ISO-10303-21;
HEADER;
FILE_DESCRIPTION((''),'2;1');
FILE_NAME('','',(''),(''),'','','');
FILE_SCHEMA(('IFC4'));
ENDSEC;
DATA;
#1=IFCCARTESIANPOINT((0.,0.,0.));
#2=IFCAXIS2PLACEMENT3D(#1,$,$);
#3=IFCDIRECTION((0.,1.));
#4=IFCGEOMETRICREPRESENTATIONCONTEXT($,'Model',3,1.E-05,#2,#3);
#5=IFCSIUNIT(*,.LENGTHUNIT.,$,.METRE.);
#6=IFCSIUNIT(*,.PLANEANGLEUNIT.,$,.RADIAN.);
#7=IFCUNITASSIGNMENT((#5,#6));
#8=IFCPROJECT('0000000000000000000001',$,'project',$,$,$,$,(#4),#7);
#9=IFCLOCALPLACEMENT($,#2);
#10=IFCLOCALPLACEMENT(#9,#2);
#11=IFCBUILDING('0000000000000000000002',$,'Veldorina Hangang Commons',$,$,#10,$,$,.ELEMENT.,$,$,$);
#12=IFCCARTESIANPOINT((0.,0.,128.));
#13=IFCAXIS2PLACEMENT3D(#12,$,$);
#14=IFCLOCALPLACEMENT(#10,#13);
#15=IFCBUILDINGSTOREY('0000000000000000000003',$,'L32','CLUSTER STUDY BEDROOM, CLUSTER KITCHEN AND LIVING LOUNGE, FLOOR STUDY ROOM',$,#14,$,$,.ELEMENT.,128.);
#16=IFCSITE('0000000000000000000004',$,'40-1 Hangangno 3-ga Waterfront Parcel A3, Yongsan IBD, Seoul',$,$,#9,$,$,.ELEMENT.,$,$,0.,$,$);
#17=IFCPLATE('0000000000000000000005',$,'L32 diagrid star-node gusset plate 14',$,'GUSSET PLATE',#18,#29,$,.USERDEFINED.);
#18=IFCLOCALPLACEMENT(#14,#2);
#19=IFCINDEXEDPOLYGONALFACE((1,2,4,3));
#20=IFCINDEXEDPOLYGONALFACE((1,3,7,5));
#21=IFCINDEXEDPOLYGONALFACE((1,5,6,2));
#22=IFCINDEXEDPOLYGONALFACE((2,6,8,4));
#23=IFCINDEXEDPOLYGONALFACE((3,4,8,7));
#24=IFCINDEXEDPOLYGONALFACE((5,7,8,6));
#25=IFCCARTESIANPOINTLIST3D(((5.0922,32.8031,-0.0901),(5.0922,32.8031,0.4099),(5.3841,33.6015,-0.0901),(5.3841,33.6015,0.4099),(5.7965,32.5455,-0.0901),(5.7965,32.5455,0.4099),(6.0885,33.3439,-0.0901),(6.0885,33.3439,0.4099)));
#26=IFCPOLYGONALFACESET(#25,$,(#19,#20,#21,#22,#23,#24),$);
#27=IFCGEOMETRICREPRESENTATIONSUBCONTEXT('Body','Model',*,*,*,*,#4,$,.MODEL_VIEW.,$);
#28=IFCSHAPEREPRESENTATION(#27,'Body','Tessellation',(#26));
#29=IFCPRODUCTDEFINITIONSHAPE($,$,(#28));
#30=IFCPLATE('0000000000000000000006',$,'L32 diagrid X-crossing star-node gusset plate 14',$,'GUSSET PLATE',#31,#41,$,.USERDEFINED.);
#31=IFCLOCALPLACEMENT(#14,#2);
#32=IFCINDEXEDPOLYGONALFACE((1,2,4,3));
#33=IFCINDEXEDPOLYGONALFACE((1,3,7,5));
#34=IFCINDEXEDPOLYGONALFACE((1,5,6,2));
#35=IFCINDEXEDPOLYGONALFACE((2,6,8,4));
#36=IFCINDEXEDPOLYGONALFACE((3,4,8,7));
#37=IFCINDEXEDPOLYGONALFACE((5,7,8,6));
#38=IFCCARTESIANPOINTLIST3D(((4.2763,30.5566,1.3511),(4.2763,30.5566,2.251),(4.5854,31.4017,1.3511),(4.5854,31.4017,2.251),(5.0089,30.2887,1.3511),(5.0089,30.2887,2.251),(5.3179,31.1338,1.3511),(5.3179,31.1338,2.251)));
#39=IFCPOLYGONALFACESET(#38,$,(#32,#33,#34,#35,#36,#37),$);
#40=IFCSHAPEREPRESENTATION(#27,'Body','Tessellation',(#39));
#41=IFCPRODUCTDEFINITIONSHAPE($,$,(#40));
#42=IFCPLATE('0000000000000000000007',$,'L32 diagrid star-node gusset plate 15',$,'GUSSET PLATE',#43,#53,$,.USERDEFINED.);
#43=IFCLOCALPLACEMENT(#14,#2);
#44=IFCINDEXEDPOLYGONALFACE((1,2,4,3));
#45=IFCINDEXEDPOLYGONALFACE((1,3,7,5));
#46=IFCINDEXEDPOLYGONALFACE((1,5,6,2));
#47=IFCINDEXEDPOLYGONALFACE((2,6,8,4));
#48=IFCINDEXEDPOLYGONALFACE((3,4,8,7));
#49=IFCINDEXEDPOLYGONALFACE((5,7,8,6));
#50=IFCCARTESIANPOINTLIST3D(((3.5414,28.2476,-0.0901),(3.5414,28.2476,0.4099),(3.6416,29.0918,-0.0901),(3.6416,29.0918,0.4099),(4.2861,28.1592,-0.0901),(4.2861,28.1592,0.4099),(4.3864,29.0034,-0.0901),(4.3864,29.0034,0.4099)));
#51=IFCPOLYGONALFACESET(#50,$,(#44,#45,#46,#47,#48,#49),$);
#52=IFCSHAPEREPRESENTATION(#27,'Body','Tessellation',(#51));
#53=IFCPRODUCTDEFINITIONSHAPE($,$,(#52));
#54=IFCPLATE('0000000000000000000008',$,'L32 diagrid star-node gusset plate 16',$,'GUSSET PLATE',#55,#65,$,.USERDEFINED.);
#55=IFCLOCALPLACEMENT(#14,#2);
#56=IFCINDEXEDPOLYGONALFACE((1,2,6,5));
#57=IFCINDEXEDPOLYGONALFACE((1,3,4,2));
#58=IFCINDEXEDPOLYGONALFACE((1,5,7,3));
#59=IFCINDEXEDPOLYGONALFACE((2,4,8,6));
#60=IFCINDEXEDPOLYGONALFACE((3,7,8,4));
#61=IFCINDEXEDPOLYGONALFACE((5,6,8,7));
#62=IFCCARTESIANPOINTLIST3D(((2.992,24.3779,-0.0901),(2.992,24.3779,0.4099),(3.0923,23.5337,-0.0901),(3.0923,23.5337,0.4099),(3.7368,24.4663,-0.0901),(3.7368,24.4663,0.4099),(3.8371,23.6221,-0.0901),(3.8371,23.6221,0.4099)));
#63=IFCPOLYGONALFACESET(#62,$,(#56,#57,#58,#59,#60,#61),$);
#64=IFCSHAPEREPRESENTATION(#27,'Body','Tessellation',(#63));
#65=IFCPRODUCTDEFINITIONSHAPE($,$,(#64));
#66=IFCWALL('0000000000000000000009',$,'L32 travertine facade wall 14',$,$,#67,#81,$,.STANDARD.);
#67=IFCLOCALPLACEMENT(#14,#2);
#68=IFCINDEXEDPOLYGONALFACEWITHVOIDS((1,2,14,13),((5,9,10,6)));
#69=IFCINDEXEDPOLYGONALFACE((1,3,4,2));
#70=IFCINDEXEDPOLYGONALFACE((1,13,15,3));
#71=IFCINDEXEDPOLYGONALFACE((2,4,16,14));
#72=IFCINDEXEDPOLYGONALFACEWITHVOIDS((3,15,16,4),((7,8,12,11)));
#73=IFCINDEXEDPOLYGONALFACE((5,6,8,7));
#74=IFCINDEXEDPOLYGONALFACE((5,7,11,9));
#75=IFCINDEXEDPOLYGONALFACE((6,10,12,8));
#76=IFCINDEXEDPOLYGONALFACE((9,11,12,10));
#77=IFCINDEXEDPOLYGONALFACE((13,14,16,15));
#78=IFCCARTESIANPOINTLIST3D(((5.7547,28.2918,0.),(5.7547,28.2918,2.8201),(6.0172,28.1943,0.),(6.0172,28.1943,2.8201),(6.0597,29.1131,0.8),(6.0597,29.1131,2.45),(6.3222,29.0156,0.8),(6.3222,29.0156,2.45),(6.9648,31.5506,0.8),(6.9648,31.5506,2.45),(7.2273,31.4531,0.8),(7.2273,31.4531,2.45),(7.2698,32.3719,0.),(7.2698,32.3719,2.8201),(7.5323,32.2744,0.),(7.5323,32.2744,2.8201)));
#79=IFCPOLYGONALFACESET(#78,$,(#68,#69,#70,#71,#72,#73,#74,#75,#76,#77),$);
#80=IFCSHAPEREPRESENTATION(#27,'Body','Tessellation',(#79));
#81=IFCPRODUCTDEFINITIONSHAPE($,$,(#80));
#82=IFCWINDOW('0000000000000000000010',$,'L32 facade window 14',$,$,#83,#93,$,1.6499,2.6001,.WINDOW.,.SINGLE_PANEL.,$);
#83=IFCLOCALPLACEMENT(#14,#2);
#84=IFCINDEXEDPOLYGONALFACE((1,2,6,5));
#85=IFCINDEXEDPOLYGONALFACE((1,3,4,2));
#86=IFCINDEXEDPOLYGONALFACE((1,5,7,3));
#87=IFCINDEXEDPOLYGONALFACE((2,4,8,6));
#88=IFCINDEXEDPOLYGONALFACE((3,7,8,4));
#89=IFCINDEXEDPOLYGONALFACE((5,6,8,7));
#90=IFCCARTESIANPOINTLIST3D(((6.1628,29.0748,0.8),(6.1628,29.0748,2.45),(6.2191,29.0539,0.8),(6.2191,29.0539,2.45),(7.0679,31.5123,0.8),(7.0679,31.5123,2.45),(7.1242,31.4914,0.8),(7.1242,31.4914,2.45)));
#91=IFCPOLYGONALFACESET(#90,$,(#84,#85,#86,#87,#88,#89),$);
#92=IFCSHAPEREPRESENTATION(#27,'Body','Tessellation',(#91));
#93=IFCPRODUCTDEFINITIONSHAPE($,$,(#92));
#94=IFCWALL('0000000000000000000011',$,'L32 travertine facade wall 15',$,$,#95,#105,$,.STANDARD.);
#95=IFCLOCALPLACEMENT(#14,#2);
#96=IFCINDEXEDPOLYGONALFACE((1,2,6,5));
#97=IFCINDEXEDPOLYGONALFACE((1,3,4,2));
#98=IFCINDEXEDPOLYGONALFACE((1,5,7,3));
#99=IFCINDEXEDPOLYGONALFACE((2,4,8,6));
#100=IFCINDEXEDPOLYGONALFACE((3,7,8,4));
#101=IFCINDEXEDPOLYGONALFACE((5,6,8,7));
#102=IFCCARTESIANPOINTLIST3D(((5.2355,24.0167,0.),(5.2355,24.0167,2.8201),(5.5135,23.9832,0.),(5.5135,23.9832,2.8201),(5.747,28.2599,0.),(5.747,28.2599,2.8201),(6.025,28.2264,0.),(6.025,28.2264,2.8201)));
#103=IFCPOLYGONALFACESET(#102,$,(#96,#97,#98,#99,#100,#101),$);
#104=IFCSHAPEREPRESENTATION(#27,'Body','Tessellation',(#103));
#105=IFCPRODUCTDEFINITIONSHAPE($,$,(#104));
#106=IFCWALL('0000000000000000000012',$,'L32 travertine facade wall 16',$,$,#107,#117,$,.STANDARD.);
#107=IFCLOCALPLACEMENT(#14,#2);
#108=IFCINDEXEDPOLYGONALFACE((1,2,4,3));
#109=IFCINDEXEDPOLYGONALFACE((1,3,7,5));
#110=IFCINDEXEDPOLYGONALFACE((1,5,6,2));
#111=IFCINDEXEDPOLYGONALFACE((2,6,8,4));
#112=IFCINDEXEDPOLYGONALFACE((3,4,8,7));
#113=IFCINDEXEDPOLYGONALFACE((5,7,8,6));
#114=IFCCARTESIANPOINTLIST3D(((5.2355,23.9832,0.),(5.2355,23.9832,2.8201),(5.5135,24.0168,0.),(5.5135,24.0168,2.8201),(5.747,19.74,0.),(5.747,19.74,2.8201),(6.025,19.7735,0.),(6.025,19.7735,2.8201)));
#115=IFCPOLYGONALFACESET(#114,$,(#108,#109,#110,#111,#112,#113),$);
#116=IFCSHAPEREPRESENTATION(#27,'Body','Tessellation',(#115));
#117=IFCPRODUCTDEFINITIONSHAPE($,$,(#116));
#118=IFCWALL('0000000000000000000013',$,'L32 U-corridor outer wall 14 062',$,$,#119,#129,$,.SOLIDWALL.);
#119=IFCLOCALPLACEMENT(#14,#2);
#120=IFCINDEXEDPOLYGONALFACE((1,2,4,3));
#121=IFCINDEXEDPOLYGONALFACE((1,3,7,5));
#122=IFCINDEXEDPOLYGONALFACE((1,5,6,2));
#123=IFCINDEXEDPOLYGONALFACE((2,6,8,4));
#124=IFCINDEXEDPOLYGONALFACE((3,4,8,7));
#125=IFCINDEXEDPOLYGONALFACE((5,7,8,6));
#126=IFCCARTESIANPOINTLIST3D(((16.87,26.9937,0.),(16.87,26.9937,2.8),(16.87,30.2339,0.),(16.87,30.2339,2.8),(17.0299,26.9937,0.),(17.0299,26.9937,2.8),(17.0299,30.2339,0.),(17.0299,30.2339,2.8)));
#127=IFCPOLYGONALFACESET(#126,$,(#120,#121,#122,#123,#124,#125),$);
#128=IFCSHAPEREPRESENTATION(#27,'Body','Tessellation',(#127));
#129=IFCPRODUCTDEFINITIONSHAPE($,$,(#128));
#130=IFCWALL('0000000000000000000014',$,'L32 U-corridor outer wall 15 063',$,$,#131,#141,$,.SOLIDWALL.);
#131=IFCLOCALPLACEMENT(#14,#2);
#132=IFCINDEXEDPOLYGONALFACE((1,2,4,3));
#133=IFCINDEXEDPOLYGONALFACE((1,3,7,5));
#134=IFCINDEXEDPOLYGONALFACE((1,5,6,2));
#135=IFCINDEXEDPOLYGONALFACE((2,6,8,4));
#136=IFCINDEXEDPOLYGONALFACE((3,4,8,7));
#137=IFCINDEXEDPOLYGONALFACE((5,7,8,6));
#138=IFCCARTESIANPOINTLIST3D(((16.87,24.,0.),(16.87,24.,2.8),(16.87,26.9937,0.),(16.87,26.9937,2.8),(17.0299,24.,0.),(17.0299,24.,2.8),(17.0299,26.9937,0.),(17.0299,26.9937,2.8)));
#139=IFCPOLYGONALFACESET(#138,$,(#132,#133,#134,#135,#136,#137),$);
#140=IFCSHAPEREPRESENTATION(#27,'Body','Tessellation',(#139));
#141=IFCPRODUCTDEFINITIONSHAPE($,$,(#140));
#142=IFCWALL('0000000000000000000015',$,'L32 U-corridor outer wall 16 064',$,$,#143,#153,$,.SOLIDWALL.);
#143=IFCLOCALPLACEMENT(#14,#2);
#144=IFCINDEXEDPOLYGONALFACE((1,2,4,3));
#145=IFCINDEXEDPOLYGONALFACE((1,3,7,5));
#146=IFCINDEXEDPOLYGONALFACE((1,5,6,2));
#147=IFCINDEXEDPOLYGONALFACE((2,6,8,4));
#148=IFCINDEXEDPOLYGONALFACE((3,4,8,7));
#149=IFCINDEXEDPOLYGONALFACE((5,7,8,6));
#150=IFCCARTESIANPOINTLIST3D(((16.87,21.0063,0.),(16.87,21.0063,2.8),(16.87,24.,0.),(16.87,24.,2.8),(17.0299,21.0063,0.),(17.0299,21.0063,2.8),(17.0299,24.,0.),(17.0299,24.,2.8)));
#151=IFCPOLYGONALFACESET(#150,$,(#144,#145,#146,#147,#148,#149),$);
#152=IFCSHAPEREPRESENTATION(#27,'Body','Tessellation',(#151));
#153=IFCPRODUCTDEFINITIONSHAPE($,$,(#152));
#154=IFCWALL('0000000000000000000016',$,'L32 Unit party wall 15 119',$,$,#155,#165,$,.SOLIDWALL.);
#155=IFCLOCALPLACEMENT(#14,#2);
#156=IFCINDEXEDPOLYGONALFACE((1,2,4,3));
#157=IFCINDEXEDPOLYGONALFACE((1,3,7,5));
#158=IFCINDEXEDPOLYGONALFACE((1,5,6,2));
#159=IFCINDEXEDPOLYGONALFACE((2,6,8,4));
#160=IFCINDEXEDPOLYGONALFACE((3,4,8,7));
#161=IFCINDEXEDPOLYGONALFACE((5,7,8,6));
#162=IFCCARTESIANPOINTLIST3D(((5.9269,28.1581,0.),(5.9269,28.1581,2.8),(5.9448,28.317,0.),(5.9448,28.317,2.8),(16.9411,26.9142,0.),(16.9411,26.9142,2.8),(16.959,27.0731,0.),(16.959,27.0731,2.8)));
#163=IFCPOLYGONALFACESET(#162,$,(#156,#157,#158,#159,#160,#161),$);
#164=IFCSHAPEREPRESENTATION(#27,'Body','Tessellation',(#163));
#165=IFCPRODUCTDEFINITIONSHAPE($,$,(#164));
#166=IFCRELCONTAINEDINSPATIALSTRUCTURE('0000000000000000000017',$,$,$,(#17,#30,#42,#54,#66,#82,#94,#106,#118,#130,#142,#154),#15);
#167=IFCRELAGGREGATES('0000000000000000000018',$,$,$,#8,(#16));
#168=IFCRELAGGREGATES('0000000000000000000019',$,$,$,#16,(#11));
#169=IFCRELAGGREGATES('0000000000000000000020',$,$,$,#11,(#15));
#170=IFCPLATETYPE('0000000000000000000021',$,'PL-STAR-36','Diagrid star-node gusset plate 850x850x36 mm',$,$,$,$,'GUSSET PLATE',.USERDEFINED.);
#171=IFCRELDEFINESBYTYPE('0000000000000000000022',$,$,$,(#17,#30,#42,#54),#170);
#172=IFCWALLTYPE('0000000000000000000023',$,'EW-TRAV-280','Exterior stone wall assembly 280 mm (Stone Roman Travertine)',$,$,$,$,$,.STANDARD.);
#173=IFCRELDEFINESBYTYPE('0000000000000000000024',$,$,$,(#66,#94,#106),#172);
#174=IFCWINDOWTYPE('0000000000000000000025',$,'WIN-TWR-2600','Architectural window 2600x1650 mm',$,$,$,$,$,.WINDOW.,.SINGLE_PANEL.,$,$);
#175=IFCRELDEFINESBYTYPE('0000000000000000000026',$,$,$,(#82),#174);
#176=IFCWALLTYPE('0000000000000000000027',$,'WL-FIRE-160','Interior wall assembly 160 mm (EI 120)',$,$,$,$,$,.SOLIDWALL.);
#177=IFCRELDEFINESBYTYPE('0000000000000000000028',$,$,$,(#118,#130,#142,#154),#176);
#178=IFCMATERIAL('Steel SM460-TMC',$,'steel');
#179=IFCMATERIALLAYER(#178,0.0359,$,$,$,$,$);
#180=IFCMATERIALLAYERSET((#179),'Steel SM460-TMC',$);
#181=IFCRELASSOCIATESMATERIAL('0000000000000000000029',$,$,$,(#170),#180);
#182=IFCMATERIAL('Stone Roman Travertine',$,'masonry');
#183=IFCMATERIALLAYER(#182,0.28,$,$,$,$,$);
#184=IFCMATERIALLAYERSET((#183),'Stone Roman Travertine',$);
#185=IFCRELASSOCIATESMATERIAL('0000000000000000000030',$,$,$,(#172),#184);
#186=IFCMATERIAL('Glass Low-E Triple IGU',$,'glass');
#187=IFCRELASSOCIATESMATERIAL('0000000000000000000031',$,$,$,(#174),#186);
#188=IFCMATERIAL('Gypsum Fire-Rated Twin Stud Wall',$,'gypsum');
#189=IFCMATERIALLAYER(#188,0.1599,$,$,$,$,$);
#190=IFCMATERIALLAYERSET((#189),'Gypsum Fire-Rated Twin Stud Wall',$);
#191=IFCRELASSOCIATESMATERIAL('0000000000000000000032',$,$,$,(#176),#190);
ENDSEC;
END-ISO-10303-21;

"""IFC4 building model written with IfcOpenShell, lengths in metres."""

from ifc_helpers import new_model, si_unit, direction, frame, frame_2d, origin, origin_2d, place, context, subcontext, project, spatial, rectangle, extrude, material, layer, layer_set, type_object, element, fill, save


model = new_model("IFC4")

# Units and contexts
model_context = context("Model", 3, precision=1e-05, world=origin(), true_north=direction((0.0, 1.0)))
body_context = subcontext(model_context, "Body", "Model", "MODEL_VIEW")
ifc_project = project(units=[si_unit("LENGTHUNIT", "METRE"), si_unit("PLANEANGLEUNIT", "RADIAN")], contexts=[model_context])

# Site, building, storey
site_placement = place(None, origin())
site = spatial("IfcSite", under=ifc_project, at=site_placement, Name="40-1 Hangangno 3-ga Waterfront Parcel A3, Yongsan IBD, Seoul", CompositionType="ELEMENT", RefElevation=0.0)
building_placement = place(site_placement, origin())
building = spatial("IfcBuilding", under=site, at=building_placement, Name="Veldorina Hangang Commons", CompositionType="ELEMENT")
storey_placement = place(building_placement, frame((0.0, 0.0, 128.0)))
storey = spatial("IfcBuildingStorey", under=building, at=storey_placement, Name="L32", Description="CLUSTER STUDY BEDROOM, CLUSTER KITCHEN AND LIVING LOUNGE, FLOOR STUDY ROOM", CompositionType="ELEMENT", Elevation=128.0)

# Plates
ifc_material_1 = material(Name="Steel SM460-TMC", Category="steel")
ifc_layer_1 = layer(ifc_material_1, 0.0359)
ifc_layer_set_1 = layer_set([ifc_layer_1], Name="Steel SM460-TMC")
plate_type = type_object("IfcPlateType", Name="PL-STAR-36", Description="Diagrid star-node gusset plate 850x850x36 mm", ElementType="GUSSET PLATE", PredefinedType="USERDEFINED", material=ifc_layer_set_1)
plate_1_placement = place(storey_placement, frame((5.5903, 33.0735, -0.0901), z_axis=(0.0, 0.0, 1.0), x_axis=(-0.343463, -0.939166, 0.0)))
element("IfcPlate", 1, at=plate_1_placement, inside=storey, type_object=plate_type, Name="L32 diagrid star-node gusset plate 14", ObjectType="GUSSET PLATE", PredefinedType="USERDEFINED", context=body_context, shape_type="SweptSolid", body=[
    extrude(rectangle(XDim=0.8501, YDim=0.75, at=origin_2d()), origin(), (0.0, 0.0, 1.0), 0.5),
])
plate_2_placement = place(storey_placement, frame((4.7971, 30.8452, 1.3511), z_axis=(0.0, 0.0, 1.0), x_axis=(-0.343463, -0.939166, 0.0)))
element("IfcPlate", 2, at=plate_2_placement, inside=storey, type_object=plate_type, Name="L32 diagrid X-crossing star-node gusset plate 14", ObjectType="GUSSET PLATE", PredefinedType="USERDEFINED", context=body_context, shape_type="SweptSolid", body=[
    extrude(rectangle(XDim=0.8999, YDim=0.78, at=origin_2d()), origin(), (0.0, 0.0, 1.0), 0.8999),
])
for number, where, z_axis, x_axis, name in (
    (3, (3.9639, 28.6255, -0.0901), (0.0, 0.0, 1.0), (-0.117919, -0.993023, 0.0), "L32 diagrid star-node gusset plate 15"),
    (4, (3.4146, 24.0, -0.0901), (0.0, 0.0, 1.0), (0.117919, -0.993023, 0.0), "L32 diagrid star-node gusset plate 16"),
):
    element("IfcPlate", number, at=place(storey_placement, frame(where, z_axis=z_axis, x_axis=x_axis)), inside=storey, type_object=plate_type, Name=name, ObjectType="GUSSET PLATE", PredefinedType="USERDEFINED", context=body_context, shape_type="SweptSolid", body=[
        extrude(rectangle(XDim=0.8501, YDim=0.75, at=origin_2d()), origin(), (0.0, 0.0, 1.0), 0.5),
    ])

# Wall, opening, window
ifc_material_2 = material(Name="Stone Roman Travertine", Category="masonry")
ifc_layer_2 = layer(ifc_material_2, 0.28)
ifc_layer_set_2 = layer_set([ifc_layer_2], Name="Stone Roman Travertine")
wall_type_1 = type_object("IfcWallType", Name="EW-TRAV-280", Description="Exterior stone wall assembly 280 mm (Stone Roman Travertine)", PredefinedType="STANDARD", material=ifc_layer_set_2)
wall_1_placement = place(storey_placement, frame((7.4011, 32.3232, 0.0), z_axis=(0.0, 0.0, 1.0), x_axis=(-0.348122, -0.937449, 0.0)))
wall_1 = element("IfcWall", 5, at=wall_1_placement, inside=storey, type_object=wall_type_1, Name="L32 travertine facade wall 14", PredefinedType="STANDARD", context=body_context, shape_type="SweptSolid", body=[
    extrude(rectangle(XDim=4.3523, YDim=0.28, at=frame_2d((2.1763, 0.0))), origin(), (0.0, 0.0, 1.0), 2.8201),
])
opening_1_placement = place(wall_1_placement, frame((0.8762, 0.0, 0.8)))
opening_1 = element("IfcOpeningElement", 6, at=opening_1_placement, cuts=wall_1, PredefinedType="OPENING", context=body_context, shape_type="SweptSolid", body=[
    extrude(rectangle(XDim=2.6001, YDim=1.6499, at=frame_2d((1.3, 0.825))), frame((0.0, 0.1499, 0.0), z_axis=(0.0, -1.0, 0.0), x_axis=(1.0, 0.0, 0.0)), (0.0, 0.0, 1.0), 0.3),
])
ifc_material_3 = material(Name="Glass Low-E Triple IGU", Category="glass")
window_type = type_object("IfcWindowType", Name="WIN-TWR-2600", Description="Architectural window 2600x1650 mm", PartitioningType="SINGLE_PANEL", PredefinedType="WINDOW", material=ifc_material_3)
window_placement = place(opening_1_placement, origin())
window = element("IfcWindow", 7, at=window_placement, inside=storey, type_object=window_type, Name="L32 facade window 14", OverallHeight=1.6499, OverallWidth=2.6001, PartitioningType="SINGLE_PANEL", PredefinedType="WINDOW", context=body_context, shape_type="SweptSolid", body=[
    extrude(rectangle(XDim=2.6001, YDim=1.6499, at=frame_2d((1.3, 0.825))), frame((0.0, 0.03, 0.0), z_axis=(0.0, -1.0, 0.0), x_axis=(1.0, 0.0, 0.0)), (0.0, 0.0, 1.0), 0.0601),
])
fill(opening_1, window)

# Walls
for number, where, z_axis, x_axis, name in (
    (8, (5.886, 28.2432, 0.0), (0.0, 0.0, 1.0), (-0.119675, -0.992813, 0.0), "L32 travertine facade wall 15"),
    (9, (5.3745, 24.0, 0.0), (0.0, 0.0, 1.0), (0.119675, -0.992813, 0.0), "L32 travertine facade wall 16"),
):
    element("IfcWall", number, at=place(storey_placement, frame(where, z_axis=z_axis, x_axis=x_axis)), inside=storey, type_object=wall_type_1, Name=name, PredefinedType="STANDARD", context=body_context, shape_type="SweptSolid", body=[
        extrude(rectangle(XDim=4.2739, YDim=0.28, at=frame_2d((2.137, 0.0))), origin(), (0.0, 0.0, 1.0), 2.8201),
    ])
ifc_material_4 = material(Name="Gypsum Fire-Rated Twin Stud Wall", Category="gypsum")
ifc_layer_3 = layer(ifc_material_4, 0.1599)
ifc_layer_set_3 = layer_set([ifc_layer_3], Name="Gypsum Fire-Rated Twin Stud Wall")
wall_type_2 = type_object("IfcWallType", Name="WL-FIRE-160", Description="Interior wall assembly 160 mm (EI 120)", PredefinedType="SOLIDWALL", material=ifc_layer_set_3)
wall_2_placement = place(storey_placement, frame((16.95, 30.2339, 0.0), z_axis=(0.0, 0.0, 1.0), x_axis=(0.0, -1.0, 0.0)))
element("IfcWall", 10, at=wall_2_placement, inside=storey, type_object=wall_type_2, Name="L32 U-corridor outer wall 14 062", PredefinedType="SOLIDWALL", context=body_context, shape_type="SweptSolid", body=[
    extrude(rectangle(XDim=3.2402, YDim=0.1599, at=frame_2d((1.6201, 0.0))), origin(), (0.0, 0.0, 1.0), 2.8),
])
for number, where, z_axis, x_axis, name in (
    (11, (16.95, 26.9937, 0.0), (0.0, 0.0, 1.0), (0.0, -1.0, 0.0), "L32 U-corridor outer wall 15 063"),
    (12, (16.95, 24.0, 0.0), (0.0, 0.0, 1.0), (0.0, -1.0, 0.0), "L32 U-corridor outer wall 16 064"),
):
    element("IfcWall", number, at=place(storey_placement, frame(where, z_axis=z_axis, x_axis=x_axis)), inside=storey, type_object=wall_type_2, Name=name, PredefinedType="SOLIDWALL", context=body_context, shape_type="SweptSolid", body=[
        extrude(rectangle(XDim=2.9937, YDim=0.1599, at=frame_2d((1.4968, 0.0))), origin(), (0.0, 0.0, 1.0), 2.8),
    ])
wall_3_placement = place(storey_placement, frame((16.95, 26.9937, 0.0), z_axis=(0.0, 0.0, 1.0), x_axis=(-0.993683, 0.112223, 0.0)))
element("IfcWall", 13, at=wall_3_placement, inside=storey, type_object=wall_type_2, Name="L32 Unit party wall 15 119", PredefinedType="SOLIDWALL", context=body_context, shape_type="SweptSolid", body=[
    extrude(rectangle(XDim=11.0842, YDim=0.1599, at=frame_2d((5.542, 0.0))), origin(), (0.0, 0.0, 1.0), 2.8),
])

save(model, "model.ifc")
